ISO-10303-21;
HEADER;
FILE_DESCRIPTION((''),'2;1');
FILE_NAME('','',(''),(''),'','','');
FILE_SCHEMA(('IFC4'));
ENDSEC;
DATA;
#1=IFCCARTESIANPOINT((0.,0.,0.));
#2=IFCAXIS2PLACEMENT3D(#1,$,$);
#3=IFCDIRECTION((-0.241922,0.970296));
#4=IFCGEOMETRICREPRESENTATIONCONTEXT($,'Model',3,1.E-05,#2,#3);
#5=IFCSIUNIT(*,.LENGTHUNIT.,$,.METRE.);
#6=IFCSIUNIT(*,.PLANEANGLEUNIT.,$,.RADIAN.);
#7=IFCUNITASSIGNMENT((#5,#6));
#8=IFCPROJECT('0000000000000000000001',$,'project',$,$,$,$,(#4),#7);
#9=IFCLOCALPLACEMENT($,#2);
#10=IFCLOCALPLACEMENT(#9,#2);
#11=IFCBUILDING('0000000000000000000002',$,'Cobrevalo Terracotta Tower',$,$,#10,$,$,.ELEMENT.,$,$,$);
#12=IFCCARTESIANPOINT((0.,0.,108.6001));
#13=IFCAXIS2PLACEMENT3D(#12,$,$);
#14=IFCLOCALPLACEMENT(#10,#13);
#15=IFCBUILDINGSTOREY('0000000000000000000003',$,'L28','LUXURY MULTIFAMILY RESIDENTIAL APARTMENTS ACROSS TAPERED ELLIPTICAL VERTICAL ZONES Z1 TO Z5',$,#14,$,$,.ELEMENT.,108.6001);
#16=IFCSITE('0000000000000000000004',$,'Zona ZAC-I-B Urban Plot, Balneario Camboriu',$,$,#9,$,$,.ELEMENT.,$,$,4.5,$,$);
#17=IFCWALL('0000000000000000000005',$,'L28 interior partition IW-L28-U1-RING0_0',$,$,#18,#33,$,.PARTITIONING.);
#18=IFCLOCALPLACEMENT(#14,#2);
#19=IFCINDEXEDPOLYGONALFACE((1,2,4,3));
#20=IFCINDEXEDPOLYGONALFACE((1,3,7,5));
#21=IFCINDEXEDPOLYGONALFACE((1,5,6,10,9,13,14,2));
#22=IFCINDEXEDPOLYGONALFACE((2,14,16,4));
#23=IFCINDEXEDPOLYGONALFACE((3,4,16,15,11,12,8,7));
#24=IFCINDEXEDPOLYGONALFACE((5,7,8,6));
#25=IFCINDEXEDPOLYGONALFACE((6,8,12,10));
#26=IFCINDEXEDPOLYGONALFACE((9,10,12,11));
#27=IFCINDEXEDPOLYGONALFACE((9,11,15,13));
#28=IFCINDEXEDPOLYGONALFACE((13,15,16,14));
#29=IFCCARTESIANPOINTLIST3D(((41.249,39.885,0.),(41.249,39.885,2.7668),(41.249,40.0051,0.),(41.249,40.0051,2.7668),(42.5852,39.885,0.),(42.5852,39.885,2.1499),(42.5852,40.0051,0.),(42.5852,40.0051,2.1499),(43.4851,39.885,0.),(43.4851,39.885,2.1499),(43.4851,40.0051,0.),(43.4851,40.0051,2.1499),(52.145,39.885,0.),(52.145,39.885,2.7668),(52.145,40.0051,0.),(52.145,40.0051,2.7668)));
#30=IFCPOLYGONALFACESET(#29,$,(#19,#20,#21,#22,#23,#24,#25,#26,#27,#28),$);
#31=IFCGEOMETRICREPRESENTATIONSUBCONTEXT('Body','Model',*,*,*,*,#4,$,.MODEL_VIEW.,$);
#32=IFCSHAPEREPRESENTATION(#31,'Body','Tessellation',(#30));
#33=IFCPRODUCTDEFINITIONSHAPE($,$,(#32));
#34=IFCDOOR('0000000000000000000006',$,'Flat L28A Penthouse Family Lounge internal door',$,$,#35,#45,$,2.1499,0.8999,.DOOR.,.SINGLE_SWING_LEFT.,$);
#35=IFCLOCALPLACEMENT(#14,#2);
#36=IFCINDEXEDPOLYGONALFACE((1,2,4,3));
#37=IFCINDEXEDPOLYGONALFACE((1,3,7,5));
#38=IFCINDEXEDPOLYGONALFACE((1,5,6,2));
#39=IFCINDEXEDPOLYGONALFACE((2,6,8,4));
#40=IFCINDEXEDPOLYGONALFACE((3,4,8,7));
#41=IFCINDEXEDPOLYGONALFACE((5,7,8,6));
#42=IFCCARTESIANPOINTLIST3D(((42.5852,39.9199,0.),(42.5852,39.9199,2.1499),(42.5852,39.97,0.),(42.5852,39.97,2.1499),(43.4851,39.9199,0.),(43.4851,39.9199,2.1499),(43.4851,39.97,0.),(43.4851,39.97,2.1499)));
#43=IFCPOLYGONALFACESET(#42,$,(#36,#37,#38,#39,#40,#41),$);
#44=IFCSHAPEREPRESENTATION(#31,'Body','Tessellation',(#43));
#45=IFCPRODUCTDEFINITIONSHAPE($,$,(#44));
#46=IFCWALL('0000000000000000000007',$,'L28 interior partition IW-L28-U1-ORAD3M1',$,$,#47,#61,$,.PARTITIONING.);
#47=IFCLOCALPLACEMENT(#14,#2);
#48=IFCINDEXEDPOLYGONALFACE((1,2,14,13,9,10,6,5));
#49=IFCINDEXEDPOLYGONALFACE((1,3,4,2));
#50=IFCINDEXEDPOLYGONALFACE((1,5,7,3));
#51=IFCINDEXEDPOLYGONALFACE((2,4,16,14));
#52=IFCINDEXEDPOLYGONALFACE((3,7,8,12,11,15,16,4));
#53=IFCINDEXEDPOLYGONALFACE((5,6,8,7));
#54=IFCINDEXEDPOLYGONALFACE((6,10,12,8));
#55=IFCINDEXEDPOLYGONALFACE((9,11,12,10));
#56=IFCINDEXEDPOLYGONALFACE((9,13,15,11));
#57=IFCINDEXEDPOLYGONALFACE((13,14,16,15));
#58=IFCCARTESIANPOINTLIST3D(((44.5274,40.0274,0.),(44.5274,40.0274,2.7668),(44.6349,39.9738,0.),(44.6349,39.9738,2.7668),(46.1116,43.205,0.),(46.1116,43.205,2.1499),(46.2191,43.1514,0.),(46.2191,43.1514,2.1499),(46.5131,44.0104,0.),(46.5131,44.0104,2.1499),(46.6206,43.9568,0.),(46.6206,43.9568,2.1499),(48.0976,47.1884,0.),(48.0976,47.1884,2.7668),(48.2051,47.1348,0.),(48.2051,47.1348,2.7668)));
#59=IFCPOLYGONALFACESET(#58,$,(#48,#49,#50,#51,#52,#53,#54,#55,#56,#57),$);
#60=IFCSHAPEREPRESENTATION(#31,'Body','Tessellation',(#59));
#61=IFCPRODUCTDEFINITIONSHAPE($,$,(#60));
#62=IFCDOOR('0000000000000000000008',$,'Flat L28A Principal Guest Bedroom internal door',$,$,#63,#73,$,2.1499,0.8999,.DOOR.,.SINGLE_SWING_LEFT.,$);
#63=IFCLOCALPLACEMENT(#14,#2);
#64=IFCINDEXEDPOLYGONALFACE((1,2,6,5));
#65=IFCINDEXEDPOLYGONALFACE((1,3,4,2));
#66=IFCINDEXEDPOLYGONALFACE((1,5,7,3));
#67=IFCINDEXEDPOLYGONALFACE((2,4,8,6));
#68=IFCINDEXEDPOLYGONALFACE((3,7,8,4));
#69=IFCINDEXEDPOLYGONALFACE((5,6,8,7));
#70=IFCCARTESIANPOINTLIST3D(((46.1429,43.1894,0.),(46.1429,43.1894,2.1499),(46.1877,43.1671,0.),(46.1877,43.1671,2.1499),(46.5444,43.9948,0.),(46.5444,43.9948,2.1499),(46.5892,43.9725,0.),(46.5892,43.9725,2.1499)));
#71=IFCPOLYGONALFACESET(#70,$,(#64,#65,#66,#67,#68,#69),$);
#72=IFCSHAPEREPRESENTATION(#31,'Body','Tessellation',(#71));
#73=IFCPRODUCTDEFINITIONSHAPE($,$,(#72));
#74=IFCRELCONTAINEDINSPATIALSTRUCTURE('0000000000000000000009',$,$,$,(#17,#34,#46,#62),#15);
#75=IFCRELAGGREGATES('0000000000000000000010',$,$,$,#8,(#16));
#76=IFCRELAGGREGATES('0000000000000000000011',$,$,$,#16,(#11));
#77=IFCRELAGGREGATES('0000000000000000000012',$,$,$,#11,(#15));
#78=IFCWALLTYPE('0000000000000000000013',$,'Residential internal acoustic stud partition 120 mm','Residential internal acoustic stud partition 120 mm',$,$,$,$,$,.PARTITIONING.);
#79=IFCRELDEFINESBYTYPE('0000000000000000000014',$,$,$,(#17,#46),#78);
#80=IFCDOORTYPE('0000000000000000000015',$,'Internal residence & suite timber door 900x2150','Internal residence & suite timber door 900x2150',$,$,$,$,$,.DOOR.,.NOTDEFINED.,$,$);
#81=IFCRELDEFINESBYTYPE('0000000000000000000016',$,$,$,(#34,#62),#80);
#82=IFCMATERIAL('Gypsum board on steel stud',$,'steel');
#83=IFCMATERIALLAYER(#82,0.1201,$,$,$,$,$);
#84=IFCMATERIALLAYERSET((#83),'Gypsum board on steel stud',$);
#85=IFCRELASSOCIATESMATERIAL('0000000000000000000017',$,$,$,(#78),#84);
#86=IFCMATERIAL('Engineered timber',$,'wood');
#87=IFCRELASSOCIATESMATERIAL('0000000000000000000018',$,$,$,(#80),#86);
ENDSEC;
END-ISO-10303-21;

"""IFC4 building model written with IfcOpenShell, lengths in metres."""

from ifc_helpers import new_model, si_unit, direction, frame, frame_2d, origin, place, context, subcontext, project, spatial, rectangle, extrude, source, transform, mapped, material, layer, layer_set, type_object, element, fill, save


model = new_model("IFC4")

# Units and contexts
model_context = context("Model", 3, precision=1e-05, world=origin(), true_north=direction((-0.241922, 0.970296)))
body_context = subcontext(model_context, "Body", "Model", "MODEL_VIEW")
ifc_project = project(units=[si_unit("LENGTHUNIT", "METRE"), si_unit("PLANEANGLEUNIT", "RADIAN")], contexts=[model_context])

# Site, building, storey
site_placement = place(None, origin())
site = spatial("IfcSite", under=ifc_project, at=site_placement, Name="Zona ZAC-I-B Urban Plot, Balneario Camboriu", CompositionType="ELEMENT", RefElevation=4.5)
building_placement = place(site_placement, origin())
building = spatial("IfcBuilding", under=site, at=building_placement, Name="Cobrevalo Terracotta Tower", CompositionType="ELEMENT")
storey_placement = place(building_placement, frame((0.0, 0.0, 108.6001)))
storey = spatial("IfcBuildingStorey", under=building, at=storey_placement, Name="L28", Description="LUXURY MULTIFAMILY RESIDENTIAL APARTMENTS ACROSS TAPERED ELLIPTICAL VERTICAL ZONES Z1 TO Z5", CompositionType="ELEMENT", Elevation=108.6001)

# Shared definitions
ifc_material_1 = material(Name="Gypsum board on steel stud", Category="steel")

# Walls, openings, doors
ifc_layer_1 = layer(ifc_material_1, 0.1201)
ifc_layer_set_1 = layer_set([ifc_layer_1], Name="Gypsum board on steel stud")
wall_type_1 = type_object("IfcWallType", Name="Residential internal acoustic stud partition 120 mm", Description="Residential internal acoustic stud partition 120 mm", PredefinedType="PARTITIONING", material=ifc_layer_set_1)
wall_1_placement = place(storey_placement, frame((41.249, 39.9451, 0.0), z_axis=(0.0, 0.0, 1.0), x_axis=(1.0, 0.0, 0.0)))
wall_1 = element("IfcWall", 1, at=wall_1_placement, inside=storey, type_object=wall_type_1, Name="L28 interior partition IW-L28-U1-RING0_0", PredefinedType="PARTITIONING", context=body_context, shape_type="SweptSolid", body=[
    extrude(rectangle(XDim=10.896, YDim=0.1201, at=frame_2d((5.448, 0.0))), origin(), (0.0, 0.0, 1.0), 2.7668),
])
opening_1_placement = place(wall_1_placement, frame((1.3362, 0.0, 0.0)))
opening_1 = element("IfcOpeningElement", 2, at=opening_1_placement, cuts=wall_1, PredefinedType="OPENING", context=body_context, shape_type="SweptSolid", body=[
    extrude(rectangle(XDim=0.8999, YDim=2.1499, at=frame_2d((0.45, 1.075))), frame((0.0, 0.0701, 0.0), z_axis=(0.0, -1.0, 0.0), x_axis=(1.0, 0.0, 0.0)), (0.0, 0.0, 1.0), 0.1401),
])
ifc_material_2 = material(Name="Engineered timber", Category="wood")
door_type_1 = type_object("IfcDoorType", Name="Internal residence & suite timber door 900x2150", Description="Internal residence & suite timber door 900x2150", OperationType="NOTDEFINED", PredefinedType="DOOR", material=ifc_material_2)
shared_shape_1 = source(origin(), body_context, "Body", "SweptSolid", [
    extrude(rectangle(XDim=0.8999, YDim=2.1499, at=frame_2d((0.45, 1.075))), frame((0.0, 0.0249, 0.0), z_axis=(0.0, -1.0, 0.0), x_axis=(1.0, 0.0, 0.0)), (0.0, 0.0, 1.0), 0.05),
])
door_1_placement = place(opening_1_placement, origin())
door_1 = element("IfcDoor", 3, at=door_1_placement, inside=storey, type_object=door_type_1, Name="Flat L28A Penthouse Family Lounge internal door", OperationType="SINGLE_SWING_LEFT", OverallHeight=2.1499, OverallWidth=0.8999, PredefinedType="DOOR", context=body_context, shape_type="MappedRepresentation", body=[
    mapped(shared_shape_1, transform((0.0, 0.0, 0.0), scale=1.0)),
])
fill(opening_1, door_1)
wall_2_placement = place(storey_placement, frame((44.5811, 40.0005, 0.0), z_axis=(0.0, 0.0, 1.0), x_axis=(0.446188, 0.894939, 0.0)))
wall_2 = element("IfcWall", 4, at=wall_2_placement, inside=storey, type_object=wall_type_1, Name="L28 interior partition IW-L28-U1-ORAD3M1", PredefinedType="PARTITIONING", context=body_context, shape_type="SweptSolid", body=[
    extrude(rectangle(XDim=8.0017, YDim=0.1201, at=frame_2d((4.001, 0.0))), origin(), (0.0, 0.0, 1.0), 2.7668),
])
opening_2_placement = place(wall_2_placement, frame((3.5508, 0.0, 0.0)))
opening_2 = element("IfcOpeningElement", 5, at=opening_2_placement, cuts=wall_2, PredefinedType="OPENING", context=body_context, shape_type="SweptSolid", body=[
    extrude(rectangle(XDim=0.8999, YDim=2.1499, at=frame_2d((0.45, 1.075))), frame((0.0, 0.0701, 0.0), z_axis=(0.0, -1.0, 0.0), x_axis=(1.0, 0.0, 0.0)), (0.0, 0.0, 1.0), 0.1401),
])
door_2_placement = place(opening_2_placement, frame((0.8999, 0.0, 0.0), z_axis=(0.0, 0.0, 1.0), x_axis=(-1.0, 0.0, 0.0)))
door_2 = element("IfcDoor", 6, at=door_2_placement, inside=storey, type_object=door_type_1, Name="Flat L28A Principal Guest Bedroom internal door", OperationType="SINGLE_SWING_LEFT", OverallHeight=2.1499, OverallWidth=0.8999, PredefinedType="DOOR", context=body_context, shape_type="MappedRepresentation", body=[
    mapped(shared_shape_1, transform((0.0, 0.0, 0.0), scale=1.0)),
])
fill(opening_2, door_2)

save(model, "model.ifc")
